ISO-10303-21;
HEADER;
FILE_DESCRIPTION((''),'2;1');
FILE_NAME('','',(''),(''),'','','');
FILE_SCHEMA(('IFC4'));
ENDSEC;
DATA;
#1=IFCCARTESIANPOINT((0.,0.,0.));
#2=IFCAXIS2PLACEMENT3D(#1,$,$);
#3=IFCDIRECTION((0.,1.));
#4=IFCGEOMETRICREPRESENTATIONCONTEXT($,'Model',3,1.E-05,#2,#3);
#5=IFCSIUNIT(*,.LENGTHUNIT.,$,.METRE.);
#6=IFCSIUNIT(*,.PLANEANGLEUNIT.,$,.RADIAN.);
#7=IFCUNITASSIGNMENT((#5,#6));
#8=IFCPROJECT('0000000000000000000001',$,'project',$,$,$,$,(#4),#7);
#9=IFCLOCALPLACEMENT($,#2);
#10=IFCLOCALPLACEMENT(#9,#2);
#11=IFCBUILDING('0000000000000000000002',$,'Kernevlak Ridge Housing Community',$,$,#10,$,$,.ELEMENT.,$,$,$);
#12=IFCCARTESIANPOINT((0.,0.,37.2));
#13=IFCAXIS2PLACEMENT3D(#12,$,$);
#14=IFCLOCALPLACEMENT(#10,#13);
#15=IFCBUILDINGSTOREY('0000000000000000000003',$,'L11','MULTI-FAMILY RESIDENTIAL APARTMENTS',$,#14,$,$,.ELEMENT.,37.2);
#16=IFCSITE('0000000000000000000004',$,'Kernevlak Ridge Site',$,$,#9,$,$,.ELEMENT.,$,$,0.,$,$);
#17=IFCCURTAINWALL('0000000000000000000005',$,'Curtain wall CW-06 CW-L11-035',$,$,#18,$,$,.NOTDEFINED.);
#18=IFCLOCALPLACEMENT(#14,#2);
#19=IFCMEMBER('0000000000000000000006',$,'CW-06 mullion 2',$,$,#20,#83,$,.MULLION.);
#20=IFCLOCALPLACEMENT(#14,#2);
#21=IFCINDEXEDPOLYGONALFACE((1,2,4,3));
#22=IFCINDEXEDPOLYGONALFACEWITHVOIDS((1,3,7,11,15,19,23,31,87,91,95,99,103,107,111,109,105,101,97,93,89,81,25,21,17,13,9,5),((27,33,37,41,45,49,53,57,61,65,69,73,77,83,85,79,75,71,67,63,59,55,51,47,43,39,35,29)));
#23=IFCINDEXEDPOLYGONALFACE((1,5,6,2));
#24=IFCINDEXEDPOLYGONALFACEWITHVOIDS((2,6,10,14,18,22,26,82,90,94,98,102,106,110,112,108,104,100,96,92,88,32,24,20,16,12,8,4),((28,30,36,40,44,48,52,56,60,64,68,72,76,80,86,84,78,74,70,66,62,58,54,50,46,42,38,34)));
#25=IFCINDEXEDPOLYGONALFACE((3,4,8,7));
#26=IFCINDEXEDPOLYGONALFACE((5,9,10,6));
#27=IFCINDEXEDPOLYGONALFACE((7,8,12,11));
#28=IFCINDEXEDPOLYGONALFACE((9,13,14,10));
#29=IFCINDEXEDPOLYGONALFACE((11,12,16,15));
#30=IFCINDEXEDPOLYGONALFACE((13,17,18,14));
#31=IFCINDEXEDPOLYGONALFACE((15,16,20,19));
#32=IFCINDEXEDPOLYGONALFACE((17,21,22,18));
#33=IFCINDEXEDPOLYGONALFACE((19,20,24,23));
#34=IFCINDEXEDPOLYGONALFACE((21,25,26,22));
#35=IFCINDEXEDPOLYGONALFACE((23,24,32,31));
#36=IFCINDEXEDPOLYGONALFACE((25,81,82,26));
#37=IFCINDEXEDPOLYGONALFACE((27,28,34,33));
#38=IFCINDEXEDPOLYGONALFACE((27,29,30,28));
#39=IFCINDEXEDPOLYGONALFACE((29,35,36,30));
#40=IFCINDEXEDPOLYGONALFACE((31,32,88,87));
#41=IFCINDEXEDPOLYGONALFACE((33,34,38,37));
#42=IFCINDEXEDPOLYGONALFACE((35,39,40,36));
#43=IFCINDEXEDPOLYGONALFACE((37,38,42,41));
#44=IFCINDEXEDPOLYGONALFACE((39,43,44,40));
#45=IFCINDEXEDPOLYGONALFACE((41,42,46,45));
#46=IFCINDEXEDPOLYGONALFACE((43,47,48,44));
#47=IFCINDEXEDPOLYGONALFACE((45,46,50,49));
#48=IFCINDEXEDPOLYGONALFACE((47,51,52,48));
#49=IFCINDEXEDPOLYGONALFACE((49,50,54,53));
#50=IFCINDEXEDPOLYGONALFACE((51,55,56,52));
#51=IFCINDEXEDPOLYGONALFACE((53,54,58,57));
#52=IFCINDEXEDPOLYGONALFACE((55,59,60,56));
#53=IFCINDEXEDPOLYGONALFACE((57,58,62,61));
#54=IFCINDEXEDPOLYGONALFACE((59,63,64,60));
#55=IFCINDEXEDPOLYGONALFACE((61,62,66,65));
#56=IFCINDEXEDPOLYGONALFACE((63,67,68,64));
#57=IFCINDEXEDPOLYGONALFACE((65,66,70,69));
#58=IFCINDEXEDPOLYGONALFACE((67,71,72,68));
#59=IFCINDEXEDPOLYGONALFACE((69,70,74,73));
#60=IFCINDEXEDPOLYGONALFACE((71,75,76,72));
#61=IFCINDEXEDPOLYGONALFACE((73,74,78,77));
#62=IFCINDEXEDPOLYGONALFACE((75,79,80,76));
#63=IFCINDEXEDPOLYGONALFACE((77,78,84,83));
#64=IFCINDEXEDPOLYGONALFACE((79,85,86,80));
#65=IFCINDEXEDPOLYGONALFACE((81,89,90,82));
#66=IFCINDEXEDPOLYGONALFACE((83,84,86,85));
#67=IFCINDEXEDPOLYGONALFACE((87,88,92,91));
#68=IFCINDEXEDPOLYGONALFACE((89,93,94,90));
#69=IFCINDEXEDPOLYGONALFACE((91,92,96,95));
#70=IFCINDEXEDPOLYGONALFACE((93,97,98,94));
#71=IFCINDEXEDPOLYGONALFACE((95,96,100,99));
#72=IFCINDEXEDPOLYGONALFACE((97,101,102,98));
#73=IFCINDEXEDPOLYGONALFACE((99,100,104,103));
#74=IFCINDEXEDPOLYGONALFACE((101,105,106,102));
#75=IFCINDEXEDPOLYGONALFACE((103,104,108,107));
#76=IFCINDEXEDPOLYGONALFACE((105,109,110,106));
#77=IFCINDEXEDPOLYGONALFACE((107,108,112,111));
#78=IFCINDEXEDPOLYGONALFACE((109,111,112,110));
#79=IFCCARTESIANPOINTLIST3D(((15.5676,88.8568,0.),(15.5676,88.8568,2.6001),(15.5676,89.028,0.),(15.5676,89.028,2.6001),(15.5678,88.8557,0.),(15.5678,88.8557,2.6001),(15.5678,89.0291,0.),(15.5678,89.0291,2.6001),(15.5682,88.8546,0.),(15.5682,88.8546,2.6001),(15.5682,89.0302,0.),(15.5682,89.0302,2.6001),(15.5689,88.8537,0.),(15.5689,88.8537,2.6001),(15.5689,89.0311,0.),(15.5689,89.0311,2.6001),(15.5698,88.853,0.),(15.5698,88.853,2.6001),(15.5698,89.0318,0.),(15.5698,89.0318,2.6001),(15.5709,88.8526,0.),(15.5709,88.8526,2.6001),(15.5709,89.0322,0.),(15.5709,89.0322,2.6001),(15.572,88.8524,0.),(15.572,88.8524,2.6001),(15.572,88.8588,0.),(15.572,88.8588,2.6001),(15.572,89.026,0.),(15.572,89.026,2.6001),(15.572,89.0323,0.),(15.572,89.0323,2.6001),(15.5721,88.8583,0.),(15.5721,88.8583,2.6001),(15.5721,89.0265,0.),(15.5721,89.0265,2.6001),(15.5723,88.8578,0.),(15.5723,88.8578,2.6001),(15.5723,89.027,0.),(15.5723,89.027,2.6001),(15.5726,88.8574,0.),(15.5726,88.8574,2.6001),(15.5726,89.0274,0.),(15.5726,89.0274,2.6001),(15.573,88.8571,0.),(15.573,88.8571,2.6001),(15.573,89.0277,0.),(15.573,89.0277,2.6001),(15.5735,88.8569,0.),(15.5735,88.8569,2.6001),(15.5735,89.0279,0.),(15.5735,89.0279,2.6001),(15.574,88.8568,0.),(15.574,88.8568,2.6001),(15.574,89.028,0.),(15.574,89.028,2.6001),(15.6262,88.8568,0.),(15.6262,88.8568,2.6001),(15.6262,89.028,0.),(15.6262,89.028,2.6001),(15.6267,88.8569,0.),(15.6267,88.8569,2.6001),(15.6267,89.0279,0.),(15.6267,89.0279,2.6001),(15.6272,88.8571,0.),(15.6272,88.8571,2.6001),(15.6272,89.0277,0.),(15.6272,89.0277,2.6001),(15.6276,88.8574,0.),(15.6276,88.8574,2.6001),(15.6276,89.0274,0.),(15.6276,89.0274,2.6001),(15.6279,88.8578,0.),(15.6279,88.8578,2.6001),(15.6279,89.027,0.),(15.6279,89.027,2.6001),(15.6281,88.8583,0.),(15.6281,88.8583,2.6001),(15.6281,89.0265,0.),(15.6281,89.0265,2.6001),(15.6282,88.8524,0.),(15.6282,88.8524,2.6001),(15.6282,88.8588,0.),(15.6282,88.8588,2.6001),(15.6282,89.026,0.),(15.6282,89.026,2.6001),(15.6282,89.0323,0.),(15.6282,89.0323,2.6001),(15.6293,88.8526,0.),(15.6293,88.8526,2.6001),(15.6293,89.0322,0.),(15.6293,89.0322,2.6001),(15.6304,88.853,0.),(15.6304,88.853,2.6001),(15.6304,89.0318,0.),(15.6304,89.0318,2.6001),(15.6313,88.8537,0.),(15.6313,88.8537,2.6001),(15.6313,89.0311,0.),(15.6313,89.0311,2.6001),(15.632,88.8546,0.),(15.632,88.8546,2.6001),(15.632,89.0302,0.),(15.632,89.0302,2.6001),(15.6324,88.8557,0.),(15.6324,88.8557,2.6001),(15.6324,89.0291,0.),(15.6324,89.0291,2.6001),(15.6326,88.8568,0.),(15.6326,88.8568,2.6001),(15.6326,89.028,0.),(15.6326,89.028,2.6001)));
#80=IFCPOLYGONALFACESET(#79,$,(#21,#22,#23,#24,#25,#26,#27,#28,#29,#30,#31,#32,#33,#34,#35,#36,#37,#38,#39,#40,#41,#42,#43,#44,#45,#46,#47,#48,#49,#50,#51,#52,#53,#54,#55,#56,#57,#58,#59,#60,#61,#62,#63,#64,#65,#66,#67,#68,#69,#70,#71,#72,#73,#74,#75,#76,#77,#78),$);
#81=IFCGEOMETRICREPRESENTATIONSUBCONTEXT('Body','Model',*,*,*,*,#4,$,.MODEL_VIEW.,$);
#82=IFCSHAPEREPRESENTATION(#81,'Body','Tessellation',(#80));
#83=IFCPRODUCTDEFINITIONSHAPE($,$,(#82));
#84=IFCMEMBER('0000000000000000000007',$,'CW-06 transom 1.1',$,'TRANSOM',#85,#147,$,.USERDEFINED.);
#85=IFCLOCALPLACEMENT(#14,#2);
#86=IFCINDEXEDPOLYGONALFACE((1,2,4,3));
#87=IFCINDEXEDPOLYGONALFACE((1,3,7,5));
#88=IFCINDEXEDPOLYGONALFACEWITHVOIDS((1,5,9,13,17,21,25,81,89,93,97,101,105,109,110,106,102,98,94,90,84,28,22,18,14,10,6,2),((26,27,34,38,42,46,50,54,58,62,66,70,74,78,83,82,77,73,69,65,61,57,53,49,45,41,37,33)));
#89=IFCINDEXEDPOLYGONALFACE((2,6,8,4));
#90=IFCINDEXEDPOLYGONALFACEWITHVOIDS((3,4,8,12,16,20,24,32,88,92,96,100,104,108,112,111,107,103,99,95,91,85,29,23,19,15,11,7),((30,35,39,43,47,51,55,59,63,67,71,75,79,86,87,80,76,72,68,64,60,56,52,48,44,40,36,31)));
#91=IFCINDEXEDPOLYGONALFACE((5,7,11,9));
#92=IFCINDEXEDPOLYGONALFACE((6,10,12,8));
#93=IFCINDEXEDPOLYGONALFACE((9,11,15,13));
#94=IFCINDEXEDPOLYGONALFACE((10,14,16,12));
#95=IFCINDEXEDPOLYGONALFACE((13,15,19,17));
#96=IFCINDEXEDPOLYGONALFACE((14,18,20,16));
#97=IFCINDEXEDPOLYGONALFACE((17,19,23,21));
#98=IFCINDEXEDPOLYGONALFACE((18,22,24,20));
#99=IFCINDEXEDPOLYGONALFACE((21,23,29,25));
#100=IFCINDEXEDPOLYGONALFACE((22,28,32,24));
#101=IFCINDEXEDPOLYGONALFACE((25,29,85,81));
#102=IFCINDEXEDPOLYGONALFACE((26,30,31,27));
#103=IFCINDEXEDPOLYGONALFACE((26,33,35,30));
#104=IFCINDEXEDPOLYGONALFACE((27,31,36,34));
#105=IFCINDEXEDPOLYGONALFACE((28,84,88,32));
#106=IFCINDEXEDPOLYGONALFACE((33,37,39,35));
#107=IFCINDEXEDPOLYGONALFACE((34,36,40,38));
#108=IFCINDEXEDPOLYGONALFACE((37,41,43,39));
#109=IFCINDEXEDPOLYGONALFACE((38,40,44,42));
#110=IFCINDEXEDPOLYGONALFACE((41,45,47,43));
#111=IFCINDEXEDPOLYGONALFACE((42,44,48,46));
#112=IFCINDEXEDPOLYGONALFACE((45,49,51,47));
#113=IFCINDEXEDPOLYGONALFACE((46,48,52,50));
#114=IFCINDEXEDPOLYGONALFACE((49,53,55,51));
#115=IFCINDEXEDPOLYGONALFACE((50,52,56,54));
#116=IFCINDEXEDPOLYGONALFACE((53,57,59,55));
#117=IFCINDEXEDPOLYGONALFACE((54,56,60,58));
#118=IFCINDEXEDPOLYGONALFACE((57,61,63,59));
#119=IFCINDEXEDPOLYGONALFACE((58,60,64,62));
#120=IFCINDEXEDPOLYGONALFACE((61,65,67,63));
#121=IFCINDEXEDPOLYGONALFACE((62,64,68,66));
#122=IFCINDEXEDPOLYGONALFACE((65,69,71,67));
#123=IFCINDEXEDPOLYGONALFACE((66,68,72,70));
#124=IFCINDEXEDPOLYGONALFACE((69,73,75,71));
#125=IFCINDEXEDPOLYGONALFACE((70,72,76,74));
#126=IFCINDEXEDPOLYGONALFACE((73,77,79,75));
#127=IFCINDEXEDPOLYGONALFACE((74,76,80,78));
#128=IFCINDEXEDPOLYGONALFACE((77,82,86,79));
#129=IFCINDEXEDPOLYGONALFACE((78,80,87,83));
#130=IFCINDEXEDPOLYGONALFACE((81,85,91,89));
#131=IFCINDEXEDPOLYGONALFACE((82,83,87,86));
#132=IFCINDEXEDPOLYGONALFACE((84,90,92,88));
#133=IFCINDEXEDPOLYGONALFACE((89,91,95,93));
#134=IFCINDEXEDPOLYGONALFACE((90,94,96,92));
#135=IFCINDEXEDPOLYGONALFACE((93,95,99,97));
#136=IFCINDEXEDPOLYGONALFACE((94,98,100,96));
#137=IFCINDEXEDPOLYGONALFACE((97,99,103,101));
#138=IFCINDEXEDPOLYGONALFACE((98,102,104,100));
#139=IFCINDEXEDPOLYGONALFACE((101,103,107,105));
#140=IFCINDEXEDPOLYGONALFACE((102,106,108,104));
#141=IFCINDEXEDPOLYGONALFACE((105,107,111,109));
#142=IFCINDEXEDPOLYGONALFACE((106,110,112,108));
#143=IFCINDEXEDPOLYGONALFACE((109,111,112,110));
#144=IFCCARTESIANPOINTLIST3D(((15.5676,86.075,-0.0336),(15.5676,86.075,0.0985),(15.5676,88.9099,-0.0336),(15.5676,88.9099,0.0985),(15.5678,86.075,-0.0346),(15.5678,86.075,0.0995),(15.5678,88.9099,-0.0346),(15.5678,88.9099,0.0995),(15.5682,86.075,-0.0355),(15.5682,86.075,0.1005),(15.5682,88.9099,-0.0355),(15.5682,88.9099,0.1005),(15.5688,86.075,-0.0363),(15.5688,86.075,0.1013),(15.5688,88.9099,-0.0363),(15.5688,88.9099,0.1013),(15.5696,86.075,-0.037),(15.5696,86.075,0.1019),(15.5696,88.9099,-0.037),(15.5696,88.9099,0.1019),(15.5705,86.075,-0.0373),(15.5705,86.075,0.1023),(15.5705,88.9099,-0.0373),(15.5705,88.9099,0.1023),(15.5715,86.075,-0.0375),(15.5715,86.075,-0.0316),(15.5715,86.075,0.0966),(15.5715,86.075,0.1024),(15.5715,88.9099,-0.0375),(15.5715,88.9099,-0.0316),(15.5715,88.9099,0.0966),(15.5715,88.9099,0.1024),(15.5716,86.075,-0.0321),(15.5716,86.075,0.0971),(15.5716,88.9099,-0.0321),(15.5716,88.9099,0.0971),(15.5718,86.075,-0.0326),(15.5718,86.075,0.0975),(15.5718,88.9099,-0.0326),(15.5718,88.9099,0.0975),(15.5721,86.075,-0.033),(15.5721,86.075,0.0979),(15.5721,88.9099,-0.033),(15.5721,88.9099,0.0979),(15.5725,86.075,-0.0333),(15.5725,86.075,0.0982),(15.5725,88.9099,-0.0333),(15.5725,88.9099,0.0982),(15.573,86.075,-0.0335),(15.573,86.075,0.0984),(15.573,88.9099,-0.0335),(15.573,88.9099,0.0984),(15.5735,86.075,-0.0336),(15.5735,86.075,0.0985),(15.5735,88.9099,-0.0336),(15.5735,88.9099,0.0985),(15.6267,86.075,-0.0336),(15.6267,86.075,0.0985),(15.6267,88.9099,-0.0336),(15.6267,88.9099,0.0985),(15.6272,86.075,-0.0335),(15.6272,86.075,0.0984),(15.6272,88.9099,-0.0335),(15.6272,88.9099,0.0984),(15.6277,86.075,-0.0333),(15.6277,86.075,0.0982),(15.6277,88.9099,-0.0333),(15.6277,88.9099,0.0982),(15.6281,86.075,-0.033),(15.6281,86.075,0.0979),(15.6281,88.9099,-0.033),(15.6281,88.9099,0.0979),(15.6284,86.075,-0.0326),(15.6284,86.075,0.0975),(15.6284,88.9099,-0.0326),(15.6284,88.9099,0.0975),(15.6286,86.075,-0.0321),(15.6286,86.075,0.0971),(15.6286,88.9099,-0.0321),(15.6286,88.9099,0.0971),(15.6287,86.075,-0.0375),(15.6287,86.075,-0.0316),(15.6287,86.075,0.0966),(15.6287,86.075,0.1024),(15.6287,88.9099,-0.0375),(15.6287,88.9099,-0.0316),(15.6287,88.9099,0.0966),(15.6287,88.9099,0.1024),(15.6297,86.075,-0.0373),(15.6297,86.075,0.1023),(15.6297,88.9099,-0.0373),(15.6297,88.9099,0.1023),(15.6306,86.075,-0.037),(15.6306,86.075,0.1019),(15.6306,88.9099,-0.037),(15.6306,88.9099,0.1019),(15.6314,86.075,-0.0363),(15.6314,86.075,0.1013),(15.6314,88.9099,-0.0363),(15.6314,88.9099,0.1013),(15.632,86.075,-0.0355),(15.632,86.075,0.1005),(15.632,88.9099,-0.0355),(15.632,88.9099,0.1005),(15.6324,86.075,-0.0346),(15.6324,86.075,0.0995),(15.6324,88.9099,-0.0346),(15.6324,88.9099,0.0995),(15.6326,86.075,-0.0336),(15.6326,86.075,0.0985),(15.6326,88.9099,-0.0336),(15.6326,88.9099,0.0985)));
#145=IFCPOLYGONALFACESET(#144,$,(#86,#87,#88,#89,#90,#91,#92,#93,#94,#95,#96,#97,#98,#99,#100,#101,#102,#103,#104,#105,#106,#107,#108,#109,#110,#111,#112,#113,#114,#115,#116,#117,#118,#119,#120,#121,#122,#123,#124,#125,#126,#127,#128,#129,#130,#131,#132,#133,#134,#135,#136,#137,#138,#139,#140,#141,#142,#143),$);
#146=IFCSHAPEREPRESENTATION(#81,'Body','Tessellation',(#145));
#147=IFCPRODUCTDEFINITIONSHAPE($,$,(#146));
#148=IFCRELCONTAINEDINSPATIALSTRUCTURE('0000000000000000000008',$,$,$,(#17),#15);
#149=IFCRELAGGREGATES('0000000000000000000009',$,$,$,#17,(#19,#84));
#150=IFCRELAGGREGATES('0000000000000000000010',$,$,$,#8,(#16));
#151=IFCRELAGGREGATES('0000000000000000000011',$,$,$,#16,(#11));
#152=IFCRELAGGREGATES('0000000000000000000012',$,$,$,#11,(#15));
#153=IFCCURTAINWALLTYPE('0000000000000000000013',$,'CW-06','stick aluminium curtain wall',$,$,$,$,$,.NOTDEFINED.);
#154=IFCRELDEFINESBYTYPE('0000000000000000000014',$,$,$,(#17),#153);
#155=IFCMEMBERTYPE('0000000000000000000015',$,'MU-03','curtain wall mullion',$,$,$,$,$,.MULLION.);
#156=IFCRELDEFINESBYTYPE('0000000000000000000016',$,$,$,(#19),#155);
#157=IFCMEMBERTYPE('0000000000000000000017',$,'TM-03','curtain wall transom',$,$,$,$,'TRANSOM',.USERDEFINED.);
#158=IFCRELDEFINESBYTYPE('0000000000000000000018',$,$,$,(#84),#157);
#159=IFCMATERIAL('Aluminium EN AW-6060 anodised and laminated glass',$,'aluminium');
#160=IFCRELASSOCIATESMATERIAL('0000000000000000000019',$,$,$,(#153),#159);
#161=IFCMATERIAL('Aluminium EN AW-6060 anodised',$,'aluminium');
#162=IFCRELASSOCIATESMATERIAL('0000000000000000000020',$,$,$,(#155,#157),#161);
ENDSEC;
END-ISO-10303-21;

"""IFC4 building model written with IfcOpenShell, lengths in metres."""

from ifc_helpers import new_model, si_unit, direction, frame, origin, origin_2d, place, context, subcontext, project, spatial, hollow_rectangle, extrude, material, material_profile, profile_set, type_object, element, aggregate, save


model = new_model("IFC4")

# Units and contexts
model_context = context("Model", 3, precision=1e-05, world=origin(), true_north=direction((0.0, 1.0)))
body_context = subcontext(model_context, "Body", "Model", "MODEL_VIEW")
ifc_project = project(units=[si_unit("LENGTHUNIT", "METRE"), si_unit("PLANEANGLEUNIT", "RADIAN")], contexts=[model_context])

# Site, building, storey
site_placement = place(None, origin())
site = spatial("IfcSite", under=ifc_project, at=site_placement, Name="Kernevlak Ridge Site", CompositionType="ELEMENT", RefElevation=0.0)
building_placement = place(site_placement, origin())
building = spatial("IfcBuilding", under=site, at=building_placement, Name="Kernevlak Ridge Housing Community", CompositionType="ELEMENT")
storey_placement = place(building_placement, frame((0.0, 0.0, 37.2)))
storey = spatial("IfcBuildingStorey", under=building, at=storey_placement, Name="L11", Description="MULTI-FAMILY RESIDENTIAL APARTMENTS", CompositionType="ELEMENT", Elevation=37.2)

# Shared definitions
ifc_material_1 = material(Name="Aluminium EN AW-6060 anodised and laminated glass", Category="aluminium")
ifc_material_2 = material(Name="Aluminium EN AW-6060 anodised", Category="aluminium")

# Curtain wall, members
curtain_wall_type_1 = type_object("IfcCurtainWallType", Name="CW-06", Description="stick aluminium curtain wall", PredefinedType="NOTDEFINED", material=ifc_material_1)
curtain_wall_1_placement = place(storey_placement, origin())
curtain_wall_1 = element("IfcCurtainWall", 1, at=curtain_wall_1_placement, inside=storey, type_object=curtain_wall_type_1, Name="Curtain wall CW-06 CW-L11-035", PredefinedType="NOTDEFINED")
ifc_material_profile_1 = material_profile(ifc_material_2, hollow_rectangle(XDim=0.0649, YDim=0.1799, WallThickness=0.0044, InnerFilletRadius=0.002, OuterFilletRadius=0.0044, at=origin_2d()), Name="ALU 65x180x4.5")
ifc_profile_set_1 = profile_set([ifc_material_profile_1], Name="Aluminium EN AW-6060 anodised")
member_type_1 = type_object("IfcMemberType", Name="MU-03", Description="curtain wall mullion", PredefinedType="MULLION", material=ifc_profile_set_1)
member_1_placement = place(storey_placement, frame((15.6001, 88.9424, 0.0), z_axis=(0.0, 0.0, 1.0), x_axis=(-1.0, 0.0, 0.0)))
member_1 = element("IfcMember", 2, at=member_1_placement, type_object=member_type_1, Name="CW-06 mullion 2", PredefinedType="MULLION", context=body_context, shape_type="SweptSolid", body=[
    extrude(hollow_rectangle(XDim=0.0649, YDim=0.1799, WallThickness=0.0044, InnerFilletRadius=0.002, OuterFilletRadius=0.0044, at=origin_2d()), origin(), (0.0, 0.0, 1.0), 2.6001),
])
ifc_material_profile_2 = material_profile(ifc_material_2, hollow_rectangle(XDim=0.0649, YDim=0.1399, WallThickness=0.0039, InnerFilletRadius=0.002, OuterFilletRadius=0.0039, at=origin_2d()), Name="ALU 65x140x4")
ifc_profile_set_2 = profile_set([ifc_material_profile_2], Name="Aluminium EN AW-6060 anodised")
member_type_2 = type_object("IfcMemberType", Name="TM-03", Description="curtain wall transom", ElementType="TRANSOM", PredefinedType="USERDEFINED", material=ifc_profile_set_2)
member_2_placement = place(storey_placement, frame((15.6001, 86.075, 0.0325), z_axis=(0.0, 1.0, 0.0), x_axis=(-1.0, 0.0, 0.0)))
member_2 = element("IfcMember", 3, at=member_2_placement, type_object=member_type_2, Name="CW-06 transom 1.1", ObjectType="TRANSOM", PredefinedType="USERDEFINED", context=body_context, shape_type="SweptSolid", body=[
    extrude(hollow_rectangle(XDim=0.0649, YDim=0.1399, WallThickness=0.0039, InnerFilletRadius=0.002, OuterFilletRadius=0.0039, at=origin_2d()), origin(), (0.0, 0.0, 1.0), 2.835),
])

aggregate(curtain_wall_1, [member_1, member_2])

save(model, "model.ifc")
